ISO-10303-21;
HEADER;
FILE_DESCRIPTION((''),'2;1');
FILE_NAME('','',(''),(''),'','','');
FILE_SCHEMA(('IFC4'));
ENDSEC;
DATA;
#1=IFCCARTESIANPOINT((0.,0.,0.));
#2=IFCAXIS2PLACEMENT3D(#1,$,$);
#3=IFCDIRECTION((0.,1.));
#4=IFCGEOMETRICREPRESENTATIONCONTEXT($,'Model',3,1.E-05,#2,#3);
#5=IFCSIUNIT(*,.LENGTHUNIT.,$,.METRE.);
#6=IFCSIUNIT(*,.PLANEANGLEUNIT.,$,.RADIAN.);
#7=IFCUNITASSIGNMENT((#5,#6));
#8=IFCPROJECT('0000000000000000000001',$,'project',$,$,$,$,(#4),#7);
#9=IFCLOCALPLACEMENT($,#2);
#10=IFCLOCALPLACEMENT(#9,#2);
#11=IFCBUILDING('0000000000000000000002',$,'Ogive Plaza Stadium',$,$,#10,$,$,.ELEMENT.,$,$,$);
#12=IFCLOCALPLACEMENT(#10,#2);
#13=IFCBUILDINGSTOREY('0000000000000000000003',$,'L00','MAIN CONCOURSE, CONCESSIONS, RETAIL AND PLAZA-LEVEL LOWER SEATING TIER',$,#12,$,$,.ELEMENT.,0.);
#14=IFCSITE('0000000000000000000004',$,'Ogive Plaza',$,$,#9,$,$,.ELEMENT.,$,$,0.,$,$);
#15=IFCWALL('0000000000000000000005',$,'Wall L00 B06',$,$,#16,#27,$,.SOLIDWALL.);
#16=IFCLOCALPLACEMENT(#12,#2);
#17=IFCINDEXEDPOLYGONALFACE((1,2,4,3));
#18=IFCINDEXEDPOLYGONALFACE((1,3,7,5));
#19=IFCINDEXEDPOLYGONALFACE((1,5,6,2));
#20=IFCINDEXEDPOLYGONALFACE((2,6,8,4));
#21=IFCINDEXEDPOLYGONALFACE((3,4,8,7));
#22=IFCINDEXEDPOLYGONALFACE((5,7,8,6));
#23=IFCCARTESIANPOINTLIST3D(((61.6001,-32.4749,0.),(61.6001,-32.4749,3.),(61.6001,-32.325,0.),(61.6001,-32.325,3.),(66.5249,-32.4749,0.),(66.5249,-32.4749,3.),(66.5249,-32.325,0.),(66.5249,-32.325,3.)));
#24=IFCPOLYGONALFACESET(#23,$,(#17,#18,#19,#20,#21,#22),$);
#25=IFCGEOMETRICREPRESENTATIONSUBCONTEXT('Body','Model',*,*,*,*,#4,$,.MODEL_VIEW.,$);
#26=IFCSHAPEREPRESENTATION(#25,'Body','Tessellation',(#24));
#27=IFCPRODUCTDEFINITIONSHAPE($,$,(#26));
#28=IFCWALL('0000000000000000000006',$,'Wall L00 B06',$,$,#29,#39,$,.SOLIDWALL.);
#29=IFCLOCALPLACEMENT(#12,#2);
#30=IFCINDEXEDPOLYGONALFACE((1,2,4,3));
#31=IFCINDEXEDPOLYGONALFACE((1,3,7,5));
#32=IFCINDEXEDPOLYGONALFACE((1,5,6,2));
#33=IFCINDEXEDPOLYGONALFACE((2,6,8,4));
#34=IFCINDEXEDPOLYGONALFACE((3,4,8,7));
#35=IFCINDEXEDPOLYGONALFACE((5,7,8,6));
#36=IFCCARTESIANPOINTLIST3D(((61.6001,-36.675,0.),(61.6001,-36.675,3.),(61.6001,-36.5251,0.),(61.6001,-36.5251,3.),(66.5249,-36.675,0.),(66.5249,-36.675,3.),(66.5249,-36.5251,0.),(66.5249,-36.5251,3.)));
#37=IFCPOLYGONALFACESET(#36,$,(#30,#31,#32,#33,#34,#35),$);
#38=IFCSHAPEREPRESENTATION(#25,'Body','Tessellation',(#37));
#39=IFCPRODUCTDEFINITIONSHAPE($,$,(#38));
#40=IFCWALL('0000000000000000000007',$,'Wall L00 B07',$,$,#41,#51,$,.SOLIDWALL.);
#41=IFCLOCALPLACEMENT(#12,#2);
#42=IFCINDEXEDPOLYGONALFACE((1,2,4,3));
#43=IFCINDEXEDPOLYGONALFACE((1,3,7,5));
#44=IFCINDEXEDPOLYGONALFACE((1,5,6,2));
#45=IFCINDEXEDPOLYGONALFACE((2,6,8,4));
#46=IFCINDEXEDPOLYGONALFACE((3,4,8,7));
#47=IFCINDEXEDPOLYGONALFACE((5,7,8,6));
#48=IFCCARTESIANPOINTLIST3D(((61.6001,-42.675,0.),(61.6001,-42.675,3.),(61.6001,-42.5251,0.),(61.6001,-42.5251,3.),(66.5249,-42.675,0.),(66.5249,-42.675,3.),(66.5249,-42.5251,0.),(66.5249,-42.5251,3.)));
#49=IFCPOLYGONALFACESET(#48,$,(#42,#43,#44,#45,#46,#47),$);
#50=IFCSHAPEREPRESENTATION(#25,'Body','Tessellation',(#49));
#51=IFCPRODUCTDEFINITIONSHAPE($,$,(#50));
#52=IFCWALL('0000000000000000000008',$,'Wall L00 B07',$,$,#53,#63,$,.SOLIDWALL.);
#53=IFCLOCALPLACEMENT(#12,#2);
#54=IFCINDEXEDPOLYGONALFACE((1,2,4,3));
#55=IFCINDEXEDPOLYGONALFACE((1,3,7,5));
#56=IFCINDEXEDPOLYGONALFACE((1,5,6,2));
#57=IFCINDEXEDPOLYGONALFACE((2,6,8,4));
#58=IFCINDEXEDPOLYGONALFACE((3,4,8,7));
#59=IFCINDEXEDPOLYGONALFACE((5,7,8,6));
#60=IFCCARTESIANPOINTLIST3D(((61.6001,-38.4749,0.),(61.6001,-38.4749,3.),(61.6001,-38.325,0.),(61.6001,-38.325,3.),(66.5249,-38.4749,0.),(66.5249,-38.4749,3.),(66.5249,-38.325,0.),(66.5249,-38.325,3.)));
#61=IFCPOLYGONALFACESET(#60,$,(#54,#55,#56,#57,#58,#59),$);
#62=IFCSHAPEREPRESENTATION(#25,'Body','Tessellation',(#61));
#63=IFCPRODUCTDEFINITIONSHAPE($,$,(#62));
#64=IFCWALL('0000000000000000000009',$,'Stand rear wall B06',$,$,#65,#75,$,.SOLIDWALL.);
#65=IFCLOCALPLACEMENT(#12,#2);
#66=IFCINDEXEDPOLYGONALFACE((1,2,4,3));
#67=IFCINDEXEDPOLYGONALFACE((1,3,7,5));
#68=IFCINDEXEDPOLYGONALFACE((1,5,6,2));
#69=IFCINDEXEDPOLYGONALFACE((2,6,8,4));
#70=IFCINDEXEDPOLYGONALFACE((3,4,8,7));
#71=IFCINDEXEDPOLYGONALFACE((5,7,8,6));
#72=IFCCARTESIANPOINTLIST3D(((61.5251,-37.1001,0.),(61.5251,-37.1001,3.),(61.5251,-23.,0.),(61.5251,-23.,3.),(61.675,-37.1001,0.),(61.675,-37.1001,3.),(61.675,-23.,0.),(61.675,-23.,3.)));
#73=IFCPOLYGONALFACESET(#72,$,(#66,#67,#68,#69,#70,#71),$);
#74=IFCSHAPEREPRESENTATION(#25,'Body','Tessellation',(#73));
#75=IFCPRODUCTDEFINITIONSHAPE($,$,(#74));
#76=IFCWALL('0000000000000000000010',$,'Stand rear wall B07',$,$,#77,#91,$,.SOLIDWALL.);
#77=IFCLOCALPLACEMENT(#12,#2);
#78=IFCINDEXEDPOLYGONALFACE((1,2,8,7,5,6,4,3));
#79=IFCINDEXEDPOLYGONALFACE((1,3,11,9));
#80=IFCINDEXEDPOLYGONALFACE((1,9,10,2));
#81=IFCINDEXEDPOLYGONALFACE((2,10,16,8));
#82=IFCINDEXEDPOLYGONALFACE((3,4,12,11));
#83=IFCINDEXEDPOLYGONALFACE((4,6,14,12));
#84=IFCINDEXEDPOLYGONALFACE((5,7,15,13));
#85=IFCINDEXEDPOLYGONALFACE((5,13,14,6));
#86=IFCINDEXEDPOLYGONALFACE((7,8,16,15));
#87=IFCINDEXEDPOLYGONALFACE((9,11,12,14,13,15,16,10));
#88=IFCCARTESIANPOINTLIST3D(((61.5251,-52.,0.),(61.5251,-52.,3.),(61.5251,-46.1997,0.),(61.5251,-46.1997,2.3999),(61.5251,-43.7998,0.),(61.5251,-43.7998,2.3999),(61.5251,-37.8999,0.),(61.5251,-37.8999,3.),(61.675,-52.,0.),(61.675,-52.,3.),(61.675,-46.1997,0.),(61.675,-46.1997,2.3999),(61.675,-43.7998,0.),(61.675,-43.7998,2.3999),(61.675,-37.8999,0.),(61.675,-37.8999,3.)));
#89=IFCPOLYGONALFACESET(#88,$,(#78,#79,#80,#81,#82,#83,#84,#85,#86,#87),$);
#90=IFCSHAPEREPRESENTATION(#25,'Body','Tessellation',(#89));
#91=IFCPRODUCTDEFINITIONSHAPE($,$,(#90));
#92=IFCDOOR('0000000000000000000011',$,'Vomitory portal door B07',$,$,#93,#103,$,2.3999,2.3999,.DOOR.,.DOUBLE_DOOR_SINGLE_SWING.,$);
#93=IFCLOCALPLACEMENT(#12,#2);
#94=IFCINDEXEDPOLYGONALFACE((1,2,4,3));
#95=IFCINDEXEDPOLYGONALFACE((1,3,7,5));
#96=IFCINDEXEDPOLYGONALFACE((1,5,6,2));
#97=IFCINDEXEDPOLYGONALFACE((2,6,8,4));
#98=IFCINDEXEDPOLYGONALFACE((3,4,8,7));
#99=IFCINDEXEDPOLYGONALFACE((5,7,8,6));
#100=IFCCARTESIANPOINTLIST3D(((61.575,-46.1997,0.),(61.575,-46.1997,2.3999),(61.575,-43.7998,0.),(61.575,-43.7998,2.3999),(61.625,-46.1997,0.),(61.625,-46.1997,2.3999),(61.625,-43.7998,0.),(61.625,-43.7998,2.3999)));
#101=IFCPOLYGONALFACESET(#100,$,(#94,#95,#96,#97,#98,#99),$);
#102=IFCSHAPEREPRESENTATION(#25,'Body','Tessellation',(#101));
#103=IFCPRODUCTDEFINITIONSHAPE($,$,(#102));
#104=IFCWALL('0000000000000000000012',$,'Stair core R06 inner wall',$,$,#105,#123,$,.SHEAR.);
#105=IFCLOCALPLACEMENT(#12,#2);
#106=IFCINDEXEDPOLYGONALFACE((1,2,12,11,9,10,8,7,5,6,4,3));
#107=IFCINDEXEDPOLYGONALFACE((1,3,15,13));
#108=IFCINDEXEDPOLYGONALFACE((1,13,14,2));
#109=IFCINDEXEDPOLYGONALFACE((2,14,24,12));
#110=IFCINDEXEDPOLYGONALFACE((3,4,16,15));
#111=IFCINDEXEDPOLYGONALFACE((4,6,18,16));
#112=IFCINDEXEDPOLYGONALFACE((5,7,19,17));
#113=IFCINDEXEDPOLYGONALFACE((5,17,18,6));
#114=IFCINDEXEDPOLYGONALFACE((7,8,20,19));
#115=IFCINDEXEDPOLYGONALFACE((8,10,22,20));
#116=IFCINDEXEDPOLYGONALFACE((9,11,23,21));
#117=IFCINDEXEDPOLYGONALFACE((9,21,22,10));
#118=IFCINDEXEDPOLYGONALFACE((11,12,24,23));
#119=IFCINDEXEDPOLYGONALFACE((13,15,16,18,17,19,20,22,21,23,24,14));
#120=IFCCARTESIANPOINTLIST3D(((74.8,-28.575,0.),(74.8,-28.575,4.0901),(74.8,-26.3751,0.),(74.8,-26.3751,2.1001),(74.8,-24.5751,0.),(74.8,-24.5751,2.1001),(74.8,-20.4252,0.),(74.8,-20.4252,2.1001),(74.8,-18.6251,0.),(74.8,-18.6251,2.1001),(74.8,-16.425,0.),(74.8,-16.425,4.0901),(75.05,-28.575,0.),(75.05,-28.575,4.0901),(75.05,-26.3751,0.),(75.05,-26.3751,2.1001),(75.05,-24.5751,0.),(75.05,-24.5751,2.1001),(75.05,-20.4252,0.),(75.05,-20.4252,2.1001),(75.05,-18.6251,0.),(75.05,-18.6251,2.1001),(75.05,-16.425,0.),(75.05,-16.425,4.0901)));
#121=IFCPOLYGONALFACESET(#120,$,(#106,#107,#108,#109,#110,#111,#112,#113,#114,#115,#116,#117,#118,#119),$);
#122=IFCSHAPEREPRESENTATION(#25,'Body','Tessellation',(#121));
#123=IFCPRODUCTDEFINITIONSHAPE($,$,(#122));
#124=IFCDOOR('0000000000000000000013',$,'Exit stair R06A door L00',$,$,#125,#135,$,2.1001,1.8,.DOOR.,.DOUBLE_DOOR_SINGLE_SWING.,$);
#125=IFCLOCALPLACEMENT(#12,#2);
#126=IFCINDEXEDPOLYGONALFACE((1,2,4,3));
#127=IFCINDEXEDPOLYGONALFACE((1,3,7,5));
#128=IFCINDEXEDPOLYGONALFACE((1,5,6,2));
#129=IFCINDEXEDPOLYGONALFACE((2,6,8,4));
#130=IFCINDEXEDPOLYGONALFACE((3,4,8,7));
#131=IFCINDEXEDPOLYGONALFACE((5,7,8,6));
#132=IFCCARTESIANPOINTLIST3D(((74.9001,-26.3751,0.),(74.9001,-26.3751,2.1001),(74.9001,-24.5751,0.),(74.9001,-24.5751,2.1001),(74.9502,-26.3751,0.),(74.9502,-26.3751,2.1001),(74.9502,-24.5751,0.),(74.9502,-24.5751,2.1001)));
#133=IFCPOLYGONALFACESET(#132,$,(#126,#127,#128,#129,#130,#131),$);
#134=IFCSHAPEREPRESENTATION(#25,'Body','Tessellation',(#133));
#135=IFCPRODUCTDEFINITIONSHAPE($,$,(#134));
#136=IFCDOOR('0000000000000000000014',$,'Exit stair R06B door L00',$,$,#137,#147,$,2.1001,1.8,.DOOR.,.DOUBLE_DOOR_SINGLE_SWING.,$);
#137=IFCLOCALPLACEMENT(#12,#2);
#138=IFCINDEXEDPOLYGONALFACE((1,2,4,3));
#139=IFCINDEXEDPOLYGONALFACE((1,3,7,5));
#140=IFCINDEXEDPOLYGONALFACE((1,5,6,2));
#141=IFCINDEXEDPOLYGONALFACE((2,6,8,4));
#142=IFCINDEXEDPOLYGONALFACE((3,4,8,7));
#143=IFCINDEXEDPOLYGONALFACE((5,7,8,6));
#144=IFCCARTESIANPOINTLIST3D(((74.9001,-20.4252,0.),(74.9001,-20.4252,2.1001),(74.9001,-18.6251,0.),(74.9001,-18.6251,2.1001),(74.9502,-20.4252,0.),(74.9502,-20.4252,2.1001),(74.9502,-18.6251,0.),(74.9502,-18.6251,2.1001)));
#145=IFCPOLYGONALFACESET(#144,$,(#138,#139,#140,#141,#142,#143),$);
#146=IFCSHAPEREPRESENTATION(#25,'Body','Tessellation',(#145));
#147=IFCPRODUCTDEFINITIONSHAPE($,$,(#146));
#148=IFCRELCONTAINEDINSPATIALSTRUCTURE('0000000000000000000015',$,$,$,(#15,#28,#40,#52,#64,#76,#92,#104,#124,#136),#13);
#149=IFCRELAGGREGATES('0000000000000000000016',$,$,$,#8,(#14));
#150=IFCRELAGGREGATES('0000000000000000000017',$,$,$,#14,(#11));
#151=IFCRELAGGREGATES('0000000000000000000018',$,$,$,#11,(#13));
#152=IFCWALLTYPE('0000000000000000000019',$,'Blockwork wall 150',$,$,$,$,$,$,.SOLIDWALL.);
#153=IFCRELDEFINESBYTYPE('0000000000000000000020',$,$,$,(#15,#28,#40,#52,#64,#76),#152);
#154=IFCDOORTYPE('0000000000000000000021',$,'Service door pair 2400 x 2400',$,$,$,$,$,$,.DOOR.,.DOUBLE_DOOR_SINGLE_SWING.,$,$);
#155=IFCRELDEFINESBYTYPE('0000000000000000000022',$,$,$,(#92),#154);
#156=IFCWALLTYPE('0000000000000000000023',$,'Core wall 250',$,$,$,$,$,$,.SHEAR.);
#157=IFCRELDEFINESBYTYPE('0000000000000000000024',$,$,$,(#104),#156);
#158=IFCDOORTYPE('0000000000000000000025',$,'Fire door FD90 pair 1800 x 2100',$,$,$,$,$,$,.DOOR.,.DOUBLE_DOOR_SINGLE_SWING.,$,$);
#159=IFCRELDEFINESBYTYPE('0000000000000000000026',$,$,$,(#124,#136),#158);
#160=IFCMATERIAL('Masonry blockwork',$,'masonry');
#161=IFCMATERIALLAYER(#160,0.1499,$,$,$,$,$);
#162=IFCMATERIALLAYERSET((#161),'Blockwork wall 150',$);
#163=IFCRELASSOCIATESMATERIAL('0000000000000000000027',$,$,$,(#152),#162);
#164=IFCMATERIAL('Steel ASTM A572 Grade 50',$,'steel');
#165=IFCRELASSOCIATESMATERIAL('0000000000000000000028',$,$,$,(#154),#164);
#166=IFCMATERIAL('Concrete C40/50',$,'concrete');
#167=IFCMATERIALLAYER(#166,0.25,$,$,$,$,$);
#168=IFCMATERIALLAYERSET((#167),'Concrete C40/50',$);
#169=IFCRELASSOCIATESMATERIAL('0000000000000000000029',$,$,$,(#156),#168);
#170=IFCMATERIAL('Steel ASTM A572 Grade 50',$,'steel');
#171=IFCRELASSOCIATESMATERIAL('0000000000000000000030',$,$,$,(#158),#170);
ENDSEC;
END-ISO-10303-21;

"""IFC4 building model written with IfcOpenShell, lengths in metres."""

from ifc_helpers import new_model, si_unit, direction, frame, frame_2d, origin, place, context, subcontext, project, spatial, rectangle, extrude, material, layer, layer_set, type_object, element, fill, save


model = new_model("IFC4")

# Units and contexts
model_context = context("Model", 3, precision=1e-05, world=origin(), true_north=direction((0.0, 1.0)))
body_context = subcontext(model_context, "Body", "Model", "MODEL_VIEW")
ifc_project = project(units=[si_unit("LENGTHUNIT", "METRE"), si_unit("PLANEANGLEUNIT", "RADIAN")], contexts=[model_context])

# Site, building, storey
site_placement = place(None, origin())
site = spatial("IfcSite", under=ifc_project, at=site_placement, Name="Ogive Plaza", CompositionType="ELEMENT", RefElevation=0.0)
building_placement = place(site_placement, origin())
building = spatial("IfcBuilding", under=site, at=building_placement, Name="Ogive Plaza Stadium", CompositionType="ELEMENT")
storey_placement = place(building_placement, origin())
storey = spatial("IfcBuildingStorey", under=building, at=storey_placement, Name="L00", Description="MAIN CONCOURSE, CONCESSIONS, RETAIL AND PLAZA-LEVEL LOWER SEATING TIER", CompositionType="ELEMENT", Elevation=0.0)

# Shared definitions
ifc_material_1 = material(Name="Masonry blockwork", Category="masonry")
ifc_layer_1 = layer(ifc_material_1, 0.1499)
ifc_layer_set_1 = layer_set([ifc_layer_1], Name="Blockwork wall 150")
wall_type_1 = type_object("IfcWallType", Name="Blockwork wall 150", PredefinedType="SOLIDWALL", material=ifc_layer_set_1)

# Walls
for number, where, z_axis, x_axis, name in (
    (1, (61.6001, -32.3999, 0.0), (0.0, 0.0, 1.0), (1.0, 0.0, 0.0), "Wall L00 B06"),
    (2, (61.6001, -36.6001, 0.0), (0.0, 0.0, 1.0), (1.0, 0.0, 0.0), "Wall L00 B06"),
    (3, (61.6001, -42.6001, 0.0), (0.0, 0.0, 1.0), (1.0, 0.0, 0.0), "Wall L00 B07"),
    (4, (61.6001, -38.3999, 0.0), (0.0, 0.0, 1.0), (1.0, 0.0, 0.0), "Wall L00 B07"),
):
    element("IfcWall", number, at=place(storey_placement, frame(where, z_axis=z_axis, x_axis=x_axis)), inside=storey, type_object=wall_type_1, Name=name, PredefinedType="SOLIDWALL", context=body_context, shape_type="SweptSolid", body=[
        extrude(rectangle(XDim=4.9248, YDim=0.1499, at=frame_2d((2.4624, 0.0))), origin(), (0.0, 0.0, 1.0), 3.0),
    ])
wall_1_placement = place(storey_placement, frame((61.6001, -23.0, 0.0), z_axis=(0.0, 0.0, 1.0), x_axis=(0.0, -1.0, 0.0)))
element("IfcWall", 5, at=wall_1_placement, inside=storey, type_object=wall_type_1, Name="Stand rear wall B06", PredefinedType="SOLIDWALL", context=body_context, shape_type="SweptSolid", body=[
    extrude(rectangle(XDim=14.1001, YDim=0.1499, at=frame_2d((7.05, 0.0))), origin(), (0.0, 0.0, 1.0), 3.0),
])

# Wall, opening, door
wall_2_placement = place(storey_placement, frame((61.6001, -37.8999, 0.0), z_axis=(0.0, 0.0, 1.0), x_axis=(0.0, -1.0, 0.0)))
wall_2 = element("IfcWall", 6, at=wall_2_placement, inside=storey, type_object=wall_type_1, Name="Stand rear wall B07", PredefinedType="SOLIDWALL", context=body_context, shape_type="SweptSolid", body=[
    extrude(rectangle(XDim=14.1001, YDim=0.1499, at=frame_2d((7.05, 0.0))), origin(), (0.0, 0.0, 1.0), 3.0),
])
opening_1_placement = place(wall_2_placement, frame((5.8999, 0.0, 0.0)))
opening_1 = element("IfcOpeningElement", 7, at=opening_1_placement, cuts=wall_2, PredefinedType="OPENING", context=body_context, shape_type="SweptSolid", body=[
    extrude(rectangle(XDim=2.3999, YDim=2.3999, at=frame_2d((1.2, 1.2))), frame((0.0, 0.075, 0.0), z_axis=(0.0, -1.0, 0.0), x_axis=(1.0, 0.0, 0.0)), (0.0, 0.0, 1.0), 0.1499),
])
ifc_material_2 = material(Name="Steel ASTM A572 Grade 50", Category="steel")
door_type_1 = type_object("IfcDoorType", Name="Service door pair 2400 x 2400", OperationType="DOUBLE_DOOR_SINGLE_SWING", PredefinedType="DOOR", material=ifc_material_2)
door_1_placement = place(opening_1_placement, origin())
door_1 = element("IfcDoor", 8, at=door_1_placement, inside=storey, type_object=door_type_1, Name="Vomitory portal door B07", OperationType="DOUBLE_DOOR_SINGLE_SWING", OverallHeight=2.3999, OverallWidth=2.3999, PredefinedType="DOOR", context=body_context, shape_type="SweptSolid", body=[
    extrude(rectangle(XDim=2.3999, YDim=2.3999, at=frame_2d((1.2, 1.2))), frame((0.0, 0.0249, 0.0), z_axis=(0.0, -1.0, 0.0), x_axis=(1.0, 0.0, 0.0)), (0.0, 0.0, 1.0), 0.05),
])
fill(opening_1, door_1)

# Wall, openings, doors
ifc_material_3 = material(Name="Concrete C40/50", Category="concrete")
ifc_layer_2 = layer(ifc_material_3, 0.25)
ifc_layer_set_2 = layer_set([ifc_layer_2], Name="Concrete C40/50")
wall_type_2 = type_object("IfcWallType", Name="Core wall 250", PredefinedType="SHEAR", material=ifc_layer_set_2)
wall_3_placement = place(storey_placement, frame((74.925, -28.575, 0.0), z_axis=(0.0, 0.0, 1.0), x_axis=(0.0, 1.0, 0.0)))
wall_3 = element("IfcWall", 9, at=wall_3_placement, inside=storey, type_object=wall_type_2, Name="Stair core R06 inner wall", PredefinedType="SHEAR", context=body_context, shape_type="SweptSolid", body=[
    extrude(rectangle(XDim=12.1499, YDim=0.25, at=frame_2d((6.075, 0.0))), origin(), (0.0, 0.0, 1.0), 4.0901),
])
opening_2_placement = place(wall_3_placement, frame((2.2, 0.0, 0.0)))
opening_2 = element("IfcOpeningElement", 10, at=opening_2_placement, cuts=wall_3, PredefinedType="OPENING", context=body_context, shape_type="SweptSolid", body=[
    extrude(rectangle(XDim=1.8, YDim=2.1001, at=frame_2d((0.8999, 1.05))), frame((0.0, 0.125, 0.0), z_axis=(0.0, -1.0, 0.0), x_axis=(1.0, 0.0, 0.0)), (0.0, 0.0, 1.0), 0.25),
])
opening_3_placement = place(wall_3_placement, frame((8.1499, 0.0, 0.0)))
opening_3 = element("IfcOpeningElement", 11, at=opening_3_placement, cuts=wall_3, PredefinedType="OPENING", context=body_context, shape_type="SweptSolid", body=[
    extrude(rectangle(XDim=1.8, YDim=2.1001, at=frame_2d((0.8999, 1.05))), frame((0.0, 0.125, 0.0), z_axis=(0.0, -1.0, 0.0), x_axis=(1.0, 0.0, 0.0)), (0.0, 0.0, 1.0), 0.25),
])
ifc_material_4 = material(Name="Steel ASTM A572 Grade 50", Category="steel")
door_type_2 = type_object("IfcDoorType", Name="Fire door FD90 pair 1800 x 2100", OperationType="DOUBLE_DOOR_SINGLE_SWING", PredefinedType="DOOR", material=ifc_material_4)
door_2_placement = place(opening_2_placement, origin())
door_2 = element("IfcDoor", 12, at=door_2_placement, inside=storey, type_object=door_type_2, Name="Exit stair R06A door L00", OperationType="DOUBLE_DOOR_SINGLE_SWING", OverallHeight=2.1001, OverallWidth=1.8, PredefinedType="DOOR", context=body_context, shape_type="SweptSolid", body=[
    extrude(rectangle(XDim=1.8, YDim=2.1001, at=frame_2d((0.8999, 1.05))), frame((0.0, 0.0249, 0.0), z_axis=(0.0, -1.0, 0.0), x_axis=(1.0, 0.0, 0.0)), (0.0, 0.0, 1.0), 0.05),
])
fill(opening_2, door_2)
door_3_placement = place(opening_3_placement, origin())
door_3 = element("IfcDoor", 13, at=door_3_placement, inside=storey, type_object=door_type_2, Name="Exit stair R06B door L00", OperationType="DOUBLE_DOOR_SINGLE_SWING", OverallHeight=2.1001, OverallWidth=1.8, PredefinedType="DOOR", context=body_context, shape_type="SweptSolid", body=[
    extrude(rectangle(XDim=1.8, YDim=2.1001, at=frame_2d((0.8999, 1.05))), frame((0.0, 0.0249, 0.0), z_axis=(0.0, -1.0, 0.0), x_axis=(1.0, 0.0, 0.0)), (0.0, 0.0, 1.0), 0.05),
])
fill(opening_3, door_3)

save(model, "model.ifc")
